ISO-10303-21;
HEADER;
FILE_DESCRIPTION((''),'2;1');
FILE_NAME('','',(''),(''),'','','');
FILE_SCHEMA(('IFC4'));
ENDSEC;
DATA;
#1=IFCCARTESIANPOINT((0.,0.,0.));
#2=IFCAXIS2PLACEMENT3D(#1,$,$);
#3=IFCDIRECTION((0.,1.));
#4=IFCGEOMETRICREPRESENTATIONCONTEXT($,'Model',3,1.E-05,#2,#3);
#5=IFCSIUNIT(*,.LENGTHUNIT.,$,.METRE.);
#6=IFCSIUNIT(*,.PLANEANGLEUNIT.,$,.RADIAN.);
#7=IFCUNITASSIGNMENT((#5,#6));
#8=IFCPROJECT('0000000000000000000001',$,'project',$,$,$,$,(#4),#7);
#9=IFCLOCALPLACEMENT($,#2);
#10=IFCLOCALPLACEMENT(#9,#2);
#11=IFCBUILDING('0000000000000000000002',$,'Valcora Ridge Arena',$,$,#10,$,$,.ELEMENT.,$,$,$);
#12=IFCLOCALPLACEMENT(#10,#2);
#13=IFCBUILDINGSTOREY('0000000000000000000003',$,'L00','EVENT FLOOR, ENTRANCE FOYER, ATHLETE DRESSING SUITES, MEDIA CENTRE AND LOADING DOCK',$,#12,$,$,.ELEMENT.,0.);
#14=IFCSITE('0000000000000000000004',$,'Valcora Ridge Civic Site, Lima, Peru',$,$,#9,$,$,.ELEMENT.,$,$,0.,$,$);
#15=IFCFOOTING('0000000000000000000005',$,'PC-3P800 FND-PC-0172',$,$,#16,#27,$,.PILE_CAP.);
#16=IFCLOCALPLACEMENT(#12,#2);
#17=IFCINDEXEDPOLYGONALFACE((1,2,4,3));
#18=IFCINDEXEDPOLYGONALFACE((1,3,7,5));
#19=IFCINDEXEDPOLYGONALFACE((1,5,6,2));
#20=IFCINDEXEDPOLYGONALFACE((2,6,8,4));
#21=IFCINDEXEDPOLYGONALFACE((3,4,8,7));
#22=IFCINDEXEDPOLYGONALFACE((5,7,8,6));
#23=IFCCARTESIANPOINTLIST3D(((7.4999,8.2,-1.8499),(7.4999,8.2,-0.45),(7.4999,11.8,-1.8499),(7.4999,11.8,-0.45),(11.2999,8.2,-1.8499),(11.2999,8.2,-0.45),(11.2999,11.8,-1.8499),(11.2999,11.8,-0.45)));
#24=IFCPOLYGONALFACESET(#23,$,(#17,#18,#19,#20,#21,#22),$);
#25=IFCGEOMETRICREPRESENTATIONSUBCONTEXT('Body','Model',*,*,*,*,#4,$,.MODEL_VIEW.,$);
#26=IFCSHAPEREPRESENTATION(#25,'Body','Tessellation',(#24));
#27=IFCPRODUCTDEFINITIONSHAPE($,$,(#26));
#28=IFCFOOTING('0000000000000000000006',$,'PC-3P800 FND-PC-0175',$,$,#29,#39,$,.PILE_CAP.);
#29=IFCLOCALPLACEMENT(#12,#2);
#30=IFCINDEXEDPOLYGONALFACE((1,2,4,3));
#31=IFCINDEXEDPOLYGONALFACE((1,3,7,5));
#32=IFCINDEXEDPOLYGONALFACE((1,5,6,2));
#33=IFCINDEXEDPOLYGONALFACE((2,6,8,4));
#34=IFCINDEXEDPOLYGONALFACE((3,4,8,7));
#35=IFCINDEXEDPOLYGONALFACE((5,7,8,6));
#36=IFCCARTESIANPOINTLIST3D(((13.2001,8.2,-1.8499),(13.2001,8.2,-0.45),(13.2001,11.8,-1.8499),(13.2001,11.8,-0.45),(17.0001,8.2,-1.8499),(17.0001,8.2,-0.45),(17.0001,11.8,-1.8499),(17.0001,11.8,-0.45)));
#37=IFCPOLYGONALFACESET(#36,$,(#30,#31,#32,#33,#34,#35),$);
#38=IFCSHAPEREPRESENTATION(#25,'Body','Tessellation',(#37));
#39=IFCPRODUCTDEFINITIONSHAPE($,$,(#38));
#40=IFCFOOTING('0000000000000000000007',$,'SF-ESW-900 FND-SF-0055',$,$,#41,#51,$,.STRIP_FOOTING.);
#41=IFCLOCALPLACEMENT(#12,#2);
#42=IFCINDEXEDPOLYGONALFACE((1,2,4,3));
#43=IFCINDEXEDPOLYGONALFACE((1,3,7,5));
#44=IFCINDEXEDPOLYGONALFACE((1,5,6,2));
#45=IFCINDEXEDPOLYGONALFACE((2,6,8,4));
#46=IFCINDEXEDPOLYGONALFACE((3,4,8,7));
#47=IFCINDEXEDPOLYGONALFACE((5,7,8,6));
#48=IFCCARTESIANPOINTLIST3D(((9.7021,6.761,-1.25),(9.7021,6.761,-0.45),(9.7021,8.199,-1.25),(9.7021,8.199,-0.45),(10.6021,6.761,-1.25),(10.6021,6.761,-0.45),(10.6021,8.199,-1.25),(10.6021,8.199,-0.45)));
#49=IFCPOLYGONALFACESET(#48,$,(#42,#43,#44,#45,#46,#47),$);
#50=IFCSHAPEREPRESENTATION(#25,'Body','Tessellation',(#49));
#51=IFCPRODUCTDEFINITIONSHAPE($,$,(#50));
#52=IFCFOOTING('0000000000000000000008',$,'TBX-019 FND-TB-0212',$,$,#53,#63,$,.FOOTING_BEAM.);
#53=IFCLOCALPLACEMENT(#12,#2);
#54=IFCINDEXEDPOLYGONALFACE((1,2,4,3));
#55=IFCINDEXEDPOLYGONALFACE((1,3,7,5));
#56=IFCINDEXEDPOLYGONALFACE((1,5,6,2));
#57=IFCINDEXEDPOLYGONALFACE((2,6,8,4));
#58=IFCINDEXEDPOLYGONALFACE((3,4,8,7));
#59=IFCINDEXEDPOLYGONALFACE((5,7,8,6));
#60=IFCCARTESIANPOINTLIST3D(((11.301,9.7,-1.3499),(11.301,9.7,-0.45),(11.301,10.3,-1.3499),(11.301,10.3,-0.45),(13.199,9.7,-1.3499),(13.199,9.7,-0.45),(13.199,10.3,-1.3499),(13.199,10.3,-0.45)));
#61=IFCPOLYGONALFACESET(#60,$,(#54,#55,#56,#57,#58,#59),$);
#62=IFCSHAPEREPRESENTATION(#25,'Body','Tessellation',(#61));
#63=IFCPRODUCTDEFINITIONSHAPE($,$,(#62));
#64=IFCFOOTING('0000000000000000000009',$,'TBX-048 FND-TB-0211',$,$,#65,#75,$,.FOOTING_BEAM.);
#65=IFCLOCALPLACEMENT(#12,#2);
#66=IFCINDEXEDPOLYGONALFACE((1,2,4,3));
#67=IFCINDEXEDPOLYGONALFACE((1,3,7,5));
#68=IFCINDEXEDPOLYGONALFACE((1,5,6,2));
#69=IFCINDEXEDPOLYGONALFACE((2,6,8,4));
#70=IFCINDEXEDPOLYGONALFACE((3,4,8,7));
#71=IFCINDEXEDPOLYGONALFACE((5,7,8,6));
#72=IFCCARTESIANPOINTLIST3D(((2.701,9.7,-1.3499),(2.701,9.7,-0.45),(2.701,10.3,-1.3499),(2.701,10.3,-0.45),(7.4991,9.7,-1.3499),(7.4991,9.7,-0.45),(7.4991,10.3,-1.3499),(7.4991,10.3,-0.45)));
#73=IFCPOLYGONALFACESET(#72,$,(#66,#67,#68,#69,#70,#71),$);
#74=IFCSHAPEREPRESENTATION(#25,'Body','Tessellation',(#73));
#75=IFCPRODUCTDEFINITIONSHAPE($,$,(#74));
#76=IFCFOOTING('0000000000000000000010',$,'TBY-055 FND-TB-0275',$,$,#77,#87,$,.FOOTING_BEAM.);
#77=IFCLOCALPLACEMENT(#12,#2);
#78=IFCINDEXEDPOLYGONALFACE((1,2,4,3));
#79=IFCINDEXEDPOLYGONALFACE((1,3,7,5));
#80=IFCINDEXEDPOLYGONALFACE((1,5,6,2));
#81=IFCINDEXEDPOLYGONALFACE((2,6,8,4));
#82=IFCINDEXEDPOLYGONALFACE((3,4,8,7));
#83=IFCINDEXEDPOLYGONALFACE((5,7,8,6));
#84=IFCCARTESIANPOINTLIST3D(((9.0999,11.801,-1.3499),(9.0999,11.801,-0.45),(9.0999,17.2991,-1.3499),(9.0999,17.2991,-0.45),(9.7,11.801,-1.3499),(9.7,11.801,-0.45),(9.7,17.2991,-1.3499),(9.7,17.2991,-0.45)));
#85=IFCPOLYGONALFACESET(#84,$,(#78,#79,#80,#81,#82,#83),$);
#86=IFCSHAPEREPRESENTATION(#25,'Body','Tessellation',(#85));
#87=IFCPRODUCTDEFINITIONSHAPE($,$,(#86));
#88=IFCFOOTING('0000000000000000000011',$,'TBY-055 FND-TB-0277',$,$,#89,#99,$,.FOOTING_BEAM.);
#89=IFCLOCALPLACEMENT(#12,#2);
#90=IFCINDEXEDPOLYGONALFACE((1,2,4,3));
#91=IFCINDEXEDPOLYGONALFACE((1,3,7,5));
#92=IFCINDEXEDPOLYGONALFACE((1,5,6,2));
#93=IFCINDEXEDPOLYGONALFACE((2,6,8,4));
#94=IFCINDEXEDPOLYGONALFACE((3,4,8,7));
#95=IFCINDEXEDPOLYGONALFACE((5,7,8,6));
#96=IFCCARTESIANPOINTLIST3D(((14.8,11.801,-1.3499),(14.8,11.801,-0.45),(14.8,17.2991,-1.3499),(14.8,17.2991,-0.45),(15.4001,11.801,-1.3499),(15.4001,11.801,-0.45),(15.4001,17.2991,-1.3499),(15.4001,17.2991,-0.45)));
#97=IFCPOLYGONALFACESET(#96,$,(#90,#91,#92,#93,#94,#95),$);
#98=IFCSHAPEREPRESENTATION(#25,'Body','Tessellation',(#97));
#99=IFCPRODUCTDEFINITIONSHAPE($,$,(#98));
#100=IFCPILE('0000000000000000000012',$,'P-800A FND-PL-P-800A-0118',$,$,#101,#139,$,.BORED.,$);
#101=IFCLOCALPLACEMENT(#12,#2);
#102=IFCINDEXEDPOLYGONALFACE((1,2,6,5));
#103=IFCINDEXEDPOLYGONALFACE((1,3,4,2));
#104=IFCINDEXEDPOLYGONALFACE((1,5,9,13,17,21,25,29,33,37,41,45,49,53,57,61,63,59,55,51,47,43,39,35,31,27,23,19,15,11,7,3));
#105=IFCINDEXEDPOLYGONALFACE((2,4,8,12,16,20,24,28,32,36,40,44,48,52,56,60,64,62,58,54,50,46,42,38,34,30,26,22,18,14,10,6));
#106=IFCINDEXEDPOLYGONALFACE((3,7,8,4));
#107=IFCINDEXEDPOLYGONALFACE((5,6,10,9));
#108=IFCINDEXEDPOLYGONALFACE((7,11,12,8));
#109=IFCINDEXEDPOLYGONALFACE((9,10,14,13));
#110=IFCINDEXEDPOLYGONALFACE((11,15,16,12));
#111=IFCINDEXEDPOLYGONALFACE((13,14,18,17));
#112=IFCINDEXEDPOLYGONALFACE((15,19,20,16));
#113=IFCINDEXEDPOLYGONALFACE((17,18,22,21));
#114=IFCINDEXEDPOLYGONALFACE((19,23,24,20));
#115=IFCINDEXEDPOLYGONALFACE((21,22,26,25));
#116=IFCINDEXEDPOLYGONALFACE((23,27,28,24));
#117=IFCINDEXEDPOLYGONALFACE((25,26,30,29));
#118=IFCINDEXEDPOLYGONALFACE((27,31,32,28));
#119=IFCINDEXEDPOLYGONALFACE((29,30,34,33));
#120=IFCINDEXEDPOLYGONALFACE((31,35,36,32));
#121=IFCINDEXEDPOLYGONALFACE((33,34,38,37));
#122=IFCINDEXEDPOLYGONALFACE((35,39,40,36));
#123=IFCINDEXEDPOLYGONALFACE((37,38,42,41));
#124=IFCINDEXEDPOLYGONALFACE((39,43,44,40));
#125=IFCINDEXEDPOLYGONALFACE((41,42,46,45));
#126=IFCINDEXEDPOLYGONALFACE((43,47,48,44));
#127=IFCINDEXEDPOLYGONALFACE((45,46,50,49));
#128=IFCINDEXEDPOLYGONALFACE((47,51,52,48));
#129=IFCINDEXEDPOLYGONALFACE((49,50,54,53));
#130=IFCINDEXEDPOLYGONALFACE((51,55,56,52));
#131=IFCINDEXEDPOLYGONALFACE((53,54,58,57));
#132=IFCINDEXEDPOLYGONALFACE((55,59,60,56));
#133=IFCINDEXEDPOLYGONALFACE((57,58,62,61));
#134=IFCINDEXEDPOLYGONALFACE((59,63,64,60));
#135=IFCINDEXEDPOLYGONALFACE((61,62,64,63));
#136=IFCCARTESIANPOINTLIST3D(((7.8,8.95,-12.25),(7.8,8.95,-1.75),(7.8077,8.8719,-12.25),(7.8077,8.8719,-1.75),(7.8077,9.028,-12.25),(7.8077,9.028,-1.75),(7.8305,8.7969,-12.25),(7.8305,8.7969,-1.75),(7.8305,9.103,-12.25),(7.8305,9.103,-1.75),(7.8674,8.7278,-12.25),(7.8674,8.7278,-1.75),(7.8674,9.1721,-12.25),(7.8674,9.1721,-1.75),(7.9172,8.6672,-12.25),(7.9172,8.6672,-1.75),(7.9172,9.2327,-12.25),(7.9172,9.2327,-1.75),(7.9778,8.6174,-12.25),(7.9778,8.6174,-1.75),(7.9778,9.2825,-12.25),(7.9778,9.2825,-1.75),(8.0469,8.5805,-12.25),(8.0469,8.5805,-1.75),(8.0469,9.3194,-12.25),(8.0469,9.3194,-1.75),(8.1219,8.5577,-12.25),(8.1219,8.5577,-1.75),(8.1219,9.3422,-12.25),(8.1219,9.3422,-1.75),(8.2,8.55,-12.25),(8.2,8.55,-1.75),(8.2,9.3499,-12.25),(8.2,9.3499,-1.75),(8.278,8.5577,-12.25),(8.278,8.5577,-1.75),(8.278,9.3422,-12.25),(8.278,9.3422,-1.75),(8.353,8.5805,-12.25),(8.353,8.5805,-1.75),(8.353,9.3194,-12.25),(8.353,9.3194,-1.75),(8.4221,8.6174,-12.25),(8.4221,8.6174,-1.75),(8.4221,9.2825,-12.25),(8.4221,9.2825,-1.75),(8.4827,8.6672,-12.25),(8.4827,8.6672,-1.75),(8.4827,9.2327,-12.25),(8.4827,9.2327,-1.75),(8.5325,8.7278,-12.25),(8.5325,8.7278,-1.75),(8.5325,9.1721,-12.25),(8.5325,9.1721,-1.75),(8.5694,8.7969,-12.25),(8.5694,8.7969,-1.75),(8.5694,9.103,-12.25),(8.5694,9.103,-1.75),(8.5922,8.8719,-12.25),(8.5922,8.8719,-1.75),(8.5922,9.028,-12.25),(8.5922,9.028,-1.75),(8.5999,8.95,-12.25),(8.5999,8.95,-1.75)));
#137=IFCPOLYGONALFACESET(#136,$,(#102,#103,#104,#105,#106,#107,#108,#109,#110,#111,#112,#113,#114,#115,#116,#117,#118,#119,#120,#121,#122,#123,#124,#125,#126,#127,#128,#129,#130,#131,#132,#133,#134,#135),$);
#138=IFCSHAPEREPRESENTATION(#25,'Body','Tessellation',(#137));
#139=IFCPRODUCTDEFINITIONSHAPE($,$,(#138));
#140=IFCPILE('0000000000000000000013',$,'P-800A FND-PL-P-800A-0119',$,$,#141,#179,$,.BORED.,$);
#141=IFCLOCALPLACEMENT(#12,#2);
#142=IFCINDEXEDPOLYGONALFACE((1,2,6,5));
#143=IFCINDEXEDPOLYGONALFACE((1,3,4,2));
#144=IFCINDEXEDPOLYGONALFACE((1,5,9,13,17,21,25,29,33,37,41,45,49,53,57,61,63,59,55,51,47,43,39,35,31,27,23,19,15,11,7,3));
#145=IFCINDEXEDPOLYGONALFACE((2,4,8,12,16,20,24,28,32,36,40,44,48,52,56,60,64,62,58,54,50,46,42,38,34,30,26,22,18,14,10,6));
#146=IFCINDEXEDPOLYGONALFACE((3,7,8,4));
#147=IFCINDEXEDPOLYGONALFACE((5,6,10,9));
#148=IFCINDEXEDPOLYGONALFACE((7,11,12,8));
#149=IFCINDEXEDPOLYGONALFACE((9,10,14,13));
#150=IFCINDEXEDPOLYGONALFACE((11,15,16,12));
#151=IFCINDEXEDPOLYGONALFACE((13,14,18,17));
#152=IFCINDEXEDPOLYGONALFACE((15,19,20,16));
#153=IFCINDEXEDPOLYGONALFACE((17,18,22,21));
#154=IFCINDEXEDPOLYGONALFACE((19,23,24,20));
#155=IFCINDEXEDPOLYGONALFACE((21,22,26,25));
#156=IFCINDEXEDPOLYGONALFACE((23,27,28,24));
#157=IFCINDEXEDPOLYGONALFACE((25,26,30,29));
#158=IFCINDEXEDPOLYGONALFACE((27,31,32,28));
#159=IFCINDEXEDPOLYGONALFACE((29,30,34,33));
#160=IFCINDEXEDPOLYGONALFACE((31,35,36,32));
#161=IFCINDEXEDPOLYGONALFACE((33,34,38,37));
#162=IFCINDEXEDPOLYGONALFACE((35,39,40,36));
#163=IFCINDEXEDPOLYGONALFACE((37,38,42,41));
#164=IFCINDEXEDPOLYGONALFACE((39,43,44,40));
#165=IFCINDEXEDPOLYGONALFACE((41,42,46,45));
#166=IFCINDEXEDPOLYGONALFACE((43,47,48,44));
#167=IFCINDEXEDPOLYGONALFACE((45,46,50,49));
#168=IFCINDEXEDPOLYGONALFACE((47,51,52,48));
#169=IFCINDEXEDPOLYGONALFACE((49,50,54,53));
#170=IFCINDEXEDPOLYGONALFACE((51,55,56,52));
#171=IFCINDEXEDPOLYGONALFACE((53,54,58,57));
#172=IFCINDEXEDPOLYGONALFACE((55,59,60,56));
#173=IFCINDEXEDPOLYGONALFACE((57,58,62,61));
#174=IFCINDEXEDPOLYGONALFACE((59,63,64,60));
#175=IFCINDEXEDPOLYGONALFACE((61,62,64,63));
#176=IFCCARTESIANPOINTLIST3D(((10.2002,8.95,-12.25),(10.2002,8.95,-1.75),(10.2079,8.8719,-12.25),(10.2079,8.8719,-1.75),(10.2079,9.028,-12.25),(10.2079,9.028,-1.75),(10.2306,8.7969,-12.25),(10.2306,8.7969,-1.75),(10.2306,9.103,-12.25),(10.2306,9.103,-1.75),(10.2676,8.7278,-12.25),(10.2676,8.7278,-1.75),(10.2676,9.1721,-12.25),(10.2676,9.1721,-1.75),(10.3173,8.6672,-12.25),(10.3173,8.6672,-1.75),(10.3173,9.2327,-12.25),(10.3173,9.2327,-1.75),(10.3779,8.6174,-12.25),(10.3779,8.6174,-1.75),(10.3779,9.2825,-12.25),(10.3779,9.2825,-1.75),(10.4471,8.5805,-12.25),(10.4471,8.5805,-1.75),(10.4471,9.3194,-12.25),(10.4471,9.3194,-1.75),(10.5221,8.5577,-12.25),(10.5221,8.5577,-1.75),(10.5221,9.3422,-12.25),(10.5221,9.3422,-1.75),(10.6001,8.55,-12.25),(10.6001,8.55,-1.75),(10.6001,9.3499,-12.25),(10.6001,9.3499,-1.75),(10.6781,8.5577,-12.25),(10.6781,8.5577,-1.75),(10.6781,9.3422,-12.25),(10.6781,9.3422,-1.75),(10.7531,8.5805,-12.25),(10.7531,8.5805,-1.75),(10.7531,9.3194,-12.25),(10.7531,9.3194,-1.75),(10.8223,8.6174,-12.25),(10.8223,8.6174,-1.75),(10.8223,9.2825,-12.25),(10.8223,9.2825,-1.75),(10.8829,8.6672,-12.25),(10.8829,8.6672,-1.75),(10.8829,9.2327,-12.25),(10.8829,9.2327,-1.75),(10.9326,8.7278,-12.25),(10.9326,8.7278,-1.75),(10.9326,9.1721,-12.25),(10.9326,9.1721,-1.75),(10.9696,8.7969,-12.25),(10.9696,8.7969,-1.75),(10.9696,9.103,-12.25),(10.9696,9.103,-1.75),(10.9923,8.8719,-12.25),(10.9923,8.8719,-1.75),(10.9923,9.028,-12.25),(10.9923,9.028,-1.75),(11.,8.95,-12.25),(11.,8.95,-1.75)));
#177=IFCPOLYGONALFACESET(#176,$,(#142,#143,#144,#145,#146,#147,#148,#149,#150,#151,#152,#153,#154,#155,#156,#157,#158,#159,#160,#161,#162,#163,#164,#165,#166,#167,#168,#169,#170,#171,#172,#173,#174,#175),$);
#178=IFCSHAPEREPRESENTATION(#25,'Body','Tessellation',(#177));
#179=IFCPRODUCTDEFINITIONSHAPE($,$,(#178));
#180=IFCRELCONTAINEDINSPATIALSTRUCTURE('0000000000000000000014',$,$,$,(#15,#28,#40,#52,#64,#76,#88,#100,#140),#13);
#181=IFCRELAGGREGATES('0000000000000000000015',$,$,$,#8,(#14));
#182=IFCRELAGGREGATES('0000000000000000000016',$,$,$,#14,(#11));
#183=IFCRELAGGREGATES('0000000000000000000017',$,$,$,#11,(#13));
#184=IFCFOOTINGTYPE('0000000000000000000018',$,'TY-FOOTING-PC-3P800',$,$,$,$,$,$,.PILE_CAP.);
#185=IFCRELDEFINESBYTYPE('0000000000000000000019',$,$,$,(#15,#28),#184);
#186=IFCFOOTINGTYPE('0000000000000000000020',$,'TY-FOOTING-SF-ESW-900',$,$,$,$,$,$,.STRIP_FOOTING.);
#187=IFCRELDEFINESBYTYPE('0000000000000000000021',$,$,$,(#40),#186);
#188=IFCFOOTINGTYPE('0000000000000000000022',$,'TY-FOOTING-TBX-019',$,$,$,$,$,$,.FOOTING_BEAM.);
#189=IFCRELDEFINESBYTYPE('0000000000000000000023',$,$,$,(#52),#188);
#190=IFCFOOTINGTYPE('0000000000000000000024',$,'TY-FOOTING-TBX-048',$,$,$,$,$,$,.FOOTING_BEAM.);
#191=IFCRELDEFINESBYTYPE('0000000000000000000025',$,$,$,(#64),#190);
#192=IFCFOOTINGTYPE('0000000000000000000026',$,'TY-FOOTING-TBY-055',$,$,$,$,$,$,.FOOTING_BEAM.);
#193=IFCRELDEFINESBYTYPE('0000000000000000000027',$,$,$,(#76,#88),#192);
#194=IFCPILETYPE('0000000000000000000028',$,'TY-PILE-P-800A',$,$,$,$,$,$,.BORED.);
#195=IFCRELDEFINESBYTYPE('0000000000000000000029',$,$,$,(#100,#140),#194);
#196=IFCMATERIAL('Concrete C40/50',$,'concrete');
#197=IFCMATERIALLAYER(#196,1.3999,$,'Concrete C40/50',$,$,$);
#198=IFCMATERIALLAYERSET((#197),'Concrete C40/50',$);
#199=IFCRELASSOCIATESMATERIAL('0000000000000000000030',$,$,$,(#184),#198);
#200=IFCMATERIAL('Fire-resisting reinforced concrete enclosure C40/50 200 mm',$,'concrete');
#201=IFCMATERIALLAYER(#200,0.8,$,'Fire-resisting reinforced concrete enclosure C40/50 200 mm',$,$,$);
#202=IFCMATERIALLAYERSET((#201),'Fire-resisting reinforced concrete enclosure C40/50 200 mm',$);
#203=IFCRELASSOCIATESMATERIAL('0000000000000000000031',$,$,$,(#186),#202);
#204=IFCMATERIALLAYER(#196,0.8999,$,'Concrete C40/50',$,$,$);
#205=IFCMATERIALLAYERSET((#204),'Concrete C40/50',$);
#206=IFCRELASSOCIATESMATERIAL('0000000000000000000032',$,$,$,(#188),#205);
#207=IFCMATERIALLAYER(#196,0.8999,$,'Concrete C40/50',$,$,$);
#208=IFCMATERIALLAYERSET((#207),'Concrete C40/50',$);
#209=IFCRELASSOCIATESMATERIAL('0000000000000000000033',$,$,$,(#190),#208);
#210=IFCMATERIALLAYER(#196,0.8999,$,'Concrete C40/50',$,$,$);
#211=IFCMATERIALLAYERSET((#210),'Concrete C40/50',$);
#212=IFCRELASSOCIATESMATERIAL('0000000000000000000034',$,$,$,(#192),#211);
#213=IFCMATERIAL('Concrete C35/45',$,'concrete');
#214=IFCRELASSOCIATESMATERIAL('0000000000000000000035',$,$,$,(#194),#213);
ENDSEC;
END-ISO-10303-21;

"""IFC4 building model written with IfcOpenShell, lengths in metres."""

from ifc_helpers import new_model, si_unit, direction, frame, origin, origin_2d, place, context, subcontext, project, spatial, rectangle, circle, extrude, material, layer, layer_set, material_profile, profile_set, type_object, element, save


model = new_model("IFC4")

# Units and contexts
model_context = context("Model", 3, precision=1e-05, world=origin(), true_north=direction((0.0, 1.0)))
body_context = subcontext(model_context, "Body", "Model", "MODEL_VIEW")
ifc_project = project(units=[si_unit("LENGTHUNIT", "METRE"), si_unit("PLANEANGLEUNIT", "RADIAN")], contexts=[model_context])

# Site, building, storey
site_placement = place(None, origin())
site = spatial("IfcSite", under=ifc_project, at=site_placement, Name="Valcora Ridge Civic Site, Lima, Peru", CompositionType="ELEMENT", RefElevation=0.0)
building_placement = place(site_placement, origin())
building = spatial("IfcBuilding", under=site, at=building_placement, Name="Valcora Ridge Arena", CompositionType="ELEMENT")
storey_placement = place(building_placement, origin())
storey = spatial("IfcBuildingStorey", under=building, at=storey_placement, Name="L00", Description="EVENT FLOOR, ENTRANCE FOYER, ATHLETE DRESSING SUITES, MEDIA CENTRE AND LOADING DOCK", CompositionType="ELEMENT", Elevation=0.0)

# Footings
ifc_material_1 = material(Name="Concrete C40/50", Category="concrete")
ifc_layer_1 = layer(ifc_material_1, 1.3999, Name="Concrete C40/50")
ifc_layer_set_1 = layer_set([ifc_layer_1], Name="Concrete C40/50")
footing_type_1 = type_object("IfcFootingType", Name="TY-FOOTING-PC-3P800", PredefinedType="PILE_CAP", material=ifc_layer_set_1)
for number, where, z_axis, x_axis, name in (
    (1, (9.3999, 10.0, -1.8499), (0.0, 0.0, 1.0), (1.0, 0.0, 0.0), "PC-3P800 FND-PC-0172"),
    (2, (15.1001, 10.0, -1.8499), (0.0, 0.0, 1.0), (1.0, 0.0, 0.0), "PC-3P800 FND-PC-0175"),
):
    element("IfcFooting", number, at=place(storey_placement, frame(where, z_axis=z_axis, x_axis=x_axis)), inside=storey, type_object=footing_type_1, Name=name, PredefinedType="PILE_CAP", context=body_context, shape_type="SweptSolid", body=[
        extrude(rectangle(XDim=3.8, YDim=3.6001, at=origin_2d()), origin(), (0.0, 0.0, 1.0), 1.3999),
    ])
ifc_material_2 = material(Name="Fire-resisting reinforced concrete enclosure C40/50 200 mm", Category="concrete")
ifc_layer_2 = layer(ifc_material_2, 0.8, Name="Fire-resisting reinforced concrete enclosure C40/50 200 mm")
ifc_layer_set_2 = layer_set([ifc_layer_2], Name="Fire-resisting reinforced concrete enclosure C40/50 200 mm")
footing_type_2 = type_object("IfcFootingType", Name="TY-FOOTING-SF-ESW-900", PredefinedType="STRIP_FOOTING", material=ifc_layer_set_2)
footing_1_placement = place(storey_placement, frame((10.1521, 7.48, -1.25), z_axis=(0.0, 0.0, 1.0), x_axis=(1.0, 0.0, 0.0)))
element("IfcFooting", 3, at=footing_1_placement, inside=storey, type_object=footing_type_2, Name="SF-ESW-900 FND-SF-0055", PredefinedType="STRIP_FOOTING", context=body_context, shape_type="SweptSolid", body=[
    extrude(rectangle(XDim=0.8999, YDim=1.438, at=origin_2d()), origin(), (0.0, 0.0, 1.0), 0.8),
])
ifc_layer_3 = layer(ifc_material_1, 0.8999, Name="Concrete C40/50")
ifc_layer_set_3 = layer_set([ifc_layer_3], Name="Concrete C40/50")
footing_type_3 = type_object("IfcFootingType", Name="TY-FOOTING-TBX-019", PredefinedType="FOOTING_BEAM", material=ifc_layer_set_3)
footing_2_placement = place(storey_placement, frame((12.25, 10.0, -1.3499), z_axis=(0.0, 0.0, 1.0), x_axis=(1.0, 0.0, 0.0)))
element("IfcFooting", 4, at=footing_2_placement, inside=storey, type_object=footing_type_3, Name="TBX-019 FND-TB-0212", PredefinedType="FOOTING_BEAM", context=body_context, shape_type="SweptSolid", body=[
    extrude(rectangle(XDim=1.8979, YDim=0.6001, at=origin_2d()), origin(), (0.0, 0.0, 1.0), 0.8999),
])
ifc_layer_4 = layer(ifc_material_1, 0.8999, Name="Concrete C40/50")
ifc_layer_set_4 = layer_set([ifc_layer_4], Name="Concrete C40/50")
footing_type_4 = type_object("IfcFootingType", Name="TY-FOOTING-TBX-048", PredefinedType="FOOTING_BEAM", material=ifc_layer_set_4)
footing_3_placement = place(storey_placement, frame((5.1001, 10.0, -1.3499), z_axis=(0.0, 0.0, 1.0), x_axis=(1.0, 0.0, 0.0)))
element("IfcFooting", 5, at=footing_3_placement, inside=storey, type_object=footing_type_4, Name="TBX-048 FND-TB-0211", PredefinedType="FOOTING_BEAM", context=body_context, shape_type="SweptSolid", body=[
    extrude(rectangle(XDim=4.7981, YDim=0.6001, at=origin_2d()), origin(), (0.0, 0.0, 1.0), 0.8999),
])
ifc_layer_5 = layer(ifc_material_1, 0.8999, Name="Concrete C40/50")
ifc_layer_set_5 = layer_set([ifc_layer_5], Name="Concrete C40/50")
footing_type_5 = type_object("IfcFootingType", Name="TY-FOOTING-TBY-055", PredefinedType="FOOTING_BEAM", material=ifc_layer_set_5)
for number, where, z_axis, x_axis, name in (
    (6, (9.3999, 14.55, -1.3499), (0.0, 0.0, 1.0), (1.0, 0.0, 0.0), "TBY-055 FND-TB-0275"),
    (7, (15.1001, 14.55, -1.3499), (0.0, 0.0, 1.0), (1.0, 0.0, 0.0), "TBY-055 FND-TB-0277"),
):
    element("IfcFooting", number, at=place(storey_placement, frame(where, z_axis=z_axis, x_axis=x_axis)), inside=storey, type_object=footing_type_5, Name=name, PredefinedType="FOOTING_BEAM", context=body_context, shape_type="SweptSolid", body=[
        extrude(rectangle(XDim=0.6001, YDim=5.498, at=origin_2d()), origin(), (0.0, 0.0, 1.0), 0.8999),
    ])

# Piles
ifc_material_3 = material(Name="Concrete C35/45", Category="concrete")
ifc_material_profile_1 = material_profile(ifc_material_3, circle(Radius=0.3999, at=origin_2d()), Name="BORED PILE D800")
ifc_profile_set_1 = profile_set([ifc_material_profile_1], Name="Concrete C35/45")
pile_type = type_object("IfcPileType", Name="TY-PILE-P-800A", PredefinedType="BORED", material=ifc_profile_set_1)
for number, where, z_axis, x_axis, name in (
    (8, (8.2, 8.95, -1.75), (0.0, 0.0, -1.0), (1.0, 0.0, 0.0), "P-800A FND-PL-P-800A-0118"),
    (9, (10.6001, 8.95, -1.75), (0.0, 0.0, -1.0), (1.0, 0.0, 0.0), "P-800A FND-PL-P-800A-0119"),
):
    element("IfcPile", number, at=place(storey_placement, frame(where, z_axis=z_axis, x_axis=x_axis)), inside=storey, type_object=pile_type, Name=name, PredefinedType="BORED", context=body_context, shape_type="SweptSolid", body=[
        extrude(circle(Radius=0.3999, at=origin_2d()), origin(), (0.0, 0.0, 1.0), 10.5),
    ])

save(model, "model.ifc")
